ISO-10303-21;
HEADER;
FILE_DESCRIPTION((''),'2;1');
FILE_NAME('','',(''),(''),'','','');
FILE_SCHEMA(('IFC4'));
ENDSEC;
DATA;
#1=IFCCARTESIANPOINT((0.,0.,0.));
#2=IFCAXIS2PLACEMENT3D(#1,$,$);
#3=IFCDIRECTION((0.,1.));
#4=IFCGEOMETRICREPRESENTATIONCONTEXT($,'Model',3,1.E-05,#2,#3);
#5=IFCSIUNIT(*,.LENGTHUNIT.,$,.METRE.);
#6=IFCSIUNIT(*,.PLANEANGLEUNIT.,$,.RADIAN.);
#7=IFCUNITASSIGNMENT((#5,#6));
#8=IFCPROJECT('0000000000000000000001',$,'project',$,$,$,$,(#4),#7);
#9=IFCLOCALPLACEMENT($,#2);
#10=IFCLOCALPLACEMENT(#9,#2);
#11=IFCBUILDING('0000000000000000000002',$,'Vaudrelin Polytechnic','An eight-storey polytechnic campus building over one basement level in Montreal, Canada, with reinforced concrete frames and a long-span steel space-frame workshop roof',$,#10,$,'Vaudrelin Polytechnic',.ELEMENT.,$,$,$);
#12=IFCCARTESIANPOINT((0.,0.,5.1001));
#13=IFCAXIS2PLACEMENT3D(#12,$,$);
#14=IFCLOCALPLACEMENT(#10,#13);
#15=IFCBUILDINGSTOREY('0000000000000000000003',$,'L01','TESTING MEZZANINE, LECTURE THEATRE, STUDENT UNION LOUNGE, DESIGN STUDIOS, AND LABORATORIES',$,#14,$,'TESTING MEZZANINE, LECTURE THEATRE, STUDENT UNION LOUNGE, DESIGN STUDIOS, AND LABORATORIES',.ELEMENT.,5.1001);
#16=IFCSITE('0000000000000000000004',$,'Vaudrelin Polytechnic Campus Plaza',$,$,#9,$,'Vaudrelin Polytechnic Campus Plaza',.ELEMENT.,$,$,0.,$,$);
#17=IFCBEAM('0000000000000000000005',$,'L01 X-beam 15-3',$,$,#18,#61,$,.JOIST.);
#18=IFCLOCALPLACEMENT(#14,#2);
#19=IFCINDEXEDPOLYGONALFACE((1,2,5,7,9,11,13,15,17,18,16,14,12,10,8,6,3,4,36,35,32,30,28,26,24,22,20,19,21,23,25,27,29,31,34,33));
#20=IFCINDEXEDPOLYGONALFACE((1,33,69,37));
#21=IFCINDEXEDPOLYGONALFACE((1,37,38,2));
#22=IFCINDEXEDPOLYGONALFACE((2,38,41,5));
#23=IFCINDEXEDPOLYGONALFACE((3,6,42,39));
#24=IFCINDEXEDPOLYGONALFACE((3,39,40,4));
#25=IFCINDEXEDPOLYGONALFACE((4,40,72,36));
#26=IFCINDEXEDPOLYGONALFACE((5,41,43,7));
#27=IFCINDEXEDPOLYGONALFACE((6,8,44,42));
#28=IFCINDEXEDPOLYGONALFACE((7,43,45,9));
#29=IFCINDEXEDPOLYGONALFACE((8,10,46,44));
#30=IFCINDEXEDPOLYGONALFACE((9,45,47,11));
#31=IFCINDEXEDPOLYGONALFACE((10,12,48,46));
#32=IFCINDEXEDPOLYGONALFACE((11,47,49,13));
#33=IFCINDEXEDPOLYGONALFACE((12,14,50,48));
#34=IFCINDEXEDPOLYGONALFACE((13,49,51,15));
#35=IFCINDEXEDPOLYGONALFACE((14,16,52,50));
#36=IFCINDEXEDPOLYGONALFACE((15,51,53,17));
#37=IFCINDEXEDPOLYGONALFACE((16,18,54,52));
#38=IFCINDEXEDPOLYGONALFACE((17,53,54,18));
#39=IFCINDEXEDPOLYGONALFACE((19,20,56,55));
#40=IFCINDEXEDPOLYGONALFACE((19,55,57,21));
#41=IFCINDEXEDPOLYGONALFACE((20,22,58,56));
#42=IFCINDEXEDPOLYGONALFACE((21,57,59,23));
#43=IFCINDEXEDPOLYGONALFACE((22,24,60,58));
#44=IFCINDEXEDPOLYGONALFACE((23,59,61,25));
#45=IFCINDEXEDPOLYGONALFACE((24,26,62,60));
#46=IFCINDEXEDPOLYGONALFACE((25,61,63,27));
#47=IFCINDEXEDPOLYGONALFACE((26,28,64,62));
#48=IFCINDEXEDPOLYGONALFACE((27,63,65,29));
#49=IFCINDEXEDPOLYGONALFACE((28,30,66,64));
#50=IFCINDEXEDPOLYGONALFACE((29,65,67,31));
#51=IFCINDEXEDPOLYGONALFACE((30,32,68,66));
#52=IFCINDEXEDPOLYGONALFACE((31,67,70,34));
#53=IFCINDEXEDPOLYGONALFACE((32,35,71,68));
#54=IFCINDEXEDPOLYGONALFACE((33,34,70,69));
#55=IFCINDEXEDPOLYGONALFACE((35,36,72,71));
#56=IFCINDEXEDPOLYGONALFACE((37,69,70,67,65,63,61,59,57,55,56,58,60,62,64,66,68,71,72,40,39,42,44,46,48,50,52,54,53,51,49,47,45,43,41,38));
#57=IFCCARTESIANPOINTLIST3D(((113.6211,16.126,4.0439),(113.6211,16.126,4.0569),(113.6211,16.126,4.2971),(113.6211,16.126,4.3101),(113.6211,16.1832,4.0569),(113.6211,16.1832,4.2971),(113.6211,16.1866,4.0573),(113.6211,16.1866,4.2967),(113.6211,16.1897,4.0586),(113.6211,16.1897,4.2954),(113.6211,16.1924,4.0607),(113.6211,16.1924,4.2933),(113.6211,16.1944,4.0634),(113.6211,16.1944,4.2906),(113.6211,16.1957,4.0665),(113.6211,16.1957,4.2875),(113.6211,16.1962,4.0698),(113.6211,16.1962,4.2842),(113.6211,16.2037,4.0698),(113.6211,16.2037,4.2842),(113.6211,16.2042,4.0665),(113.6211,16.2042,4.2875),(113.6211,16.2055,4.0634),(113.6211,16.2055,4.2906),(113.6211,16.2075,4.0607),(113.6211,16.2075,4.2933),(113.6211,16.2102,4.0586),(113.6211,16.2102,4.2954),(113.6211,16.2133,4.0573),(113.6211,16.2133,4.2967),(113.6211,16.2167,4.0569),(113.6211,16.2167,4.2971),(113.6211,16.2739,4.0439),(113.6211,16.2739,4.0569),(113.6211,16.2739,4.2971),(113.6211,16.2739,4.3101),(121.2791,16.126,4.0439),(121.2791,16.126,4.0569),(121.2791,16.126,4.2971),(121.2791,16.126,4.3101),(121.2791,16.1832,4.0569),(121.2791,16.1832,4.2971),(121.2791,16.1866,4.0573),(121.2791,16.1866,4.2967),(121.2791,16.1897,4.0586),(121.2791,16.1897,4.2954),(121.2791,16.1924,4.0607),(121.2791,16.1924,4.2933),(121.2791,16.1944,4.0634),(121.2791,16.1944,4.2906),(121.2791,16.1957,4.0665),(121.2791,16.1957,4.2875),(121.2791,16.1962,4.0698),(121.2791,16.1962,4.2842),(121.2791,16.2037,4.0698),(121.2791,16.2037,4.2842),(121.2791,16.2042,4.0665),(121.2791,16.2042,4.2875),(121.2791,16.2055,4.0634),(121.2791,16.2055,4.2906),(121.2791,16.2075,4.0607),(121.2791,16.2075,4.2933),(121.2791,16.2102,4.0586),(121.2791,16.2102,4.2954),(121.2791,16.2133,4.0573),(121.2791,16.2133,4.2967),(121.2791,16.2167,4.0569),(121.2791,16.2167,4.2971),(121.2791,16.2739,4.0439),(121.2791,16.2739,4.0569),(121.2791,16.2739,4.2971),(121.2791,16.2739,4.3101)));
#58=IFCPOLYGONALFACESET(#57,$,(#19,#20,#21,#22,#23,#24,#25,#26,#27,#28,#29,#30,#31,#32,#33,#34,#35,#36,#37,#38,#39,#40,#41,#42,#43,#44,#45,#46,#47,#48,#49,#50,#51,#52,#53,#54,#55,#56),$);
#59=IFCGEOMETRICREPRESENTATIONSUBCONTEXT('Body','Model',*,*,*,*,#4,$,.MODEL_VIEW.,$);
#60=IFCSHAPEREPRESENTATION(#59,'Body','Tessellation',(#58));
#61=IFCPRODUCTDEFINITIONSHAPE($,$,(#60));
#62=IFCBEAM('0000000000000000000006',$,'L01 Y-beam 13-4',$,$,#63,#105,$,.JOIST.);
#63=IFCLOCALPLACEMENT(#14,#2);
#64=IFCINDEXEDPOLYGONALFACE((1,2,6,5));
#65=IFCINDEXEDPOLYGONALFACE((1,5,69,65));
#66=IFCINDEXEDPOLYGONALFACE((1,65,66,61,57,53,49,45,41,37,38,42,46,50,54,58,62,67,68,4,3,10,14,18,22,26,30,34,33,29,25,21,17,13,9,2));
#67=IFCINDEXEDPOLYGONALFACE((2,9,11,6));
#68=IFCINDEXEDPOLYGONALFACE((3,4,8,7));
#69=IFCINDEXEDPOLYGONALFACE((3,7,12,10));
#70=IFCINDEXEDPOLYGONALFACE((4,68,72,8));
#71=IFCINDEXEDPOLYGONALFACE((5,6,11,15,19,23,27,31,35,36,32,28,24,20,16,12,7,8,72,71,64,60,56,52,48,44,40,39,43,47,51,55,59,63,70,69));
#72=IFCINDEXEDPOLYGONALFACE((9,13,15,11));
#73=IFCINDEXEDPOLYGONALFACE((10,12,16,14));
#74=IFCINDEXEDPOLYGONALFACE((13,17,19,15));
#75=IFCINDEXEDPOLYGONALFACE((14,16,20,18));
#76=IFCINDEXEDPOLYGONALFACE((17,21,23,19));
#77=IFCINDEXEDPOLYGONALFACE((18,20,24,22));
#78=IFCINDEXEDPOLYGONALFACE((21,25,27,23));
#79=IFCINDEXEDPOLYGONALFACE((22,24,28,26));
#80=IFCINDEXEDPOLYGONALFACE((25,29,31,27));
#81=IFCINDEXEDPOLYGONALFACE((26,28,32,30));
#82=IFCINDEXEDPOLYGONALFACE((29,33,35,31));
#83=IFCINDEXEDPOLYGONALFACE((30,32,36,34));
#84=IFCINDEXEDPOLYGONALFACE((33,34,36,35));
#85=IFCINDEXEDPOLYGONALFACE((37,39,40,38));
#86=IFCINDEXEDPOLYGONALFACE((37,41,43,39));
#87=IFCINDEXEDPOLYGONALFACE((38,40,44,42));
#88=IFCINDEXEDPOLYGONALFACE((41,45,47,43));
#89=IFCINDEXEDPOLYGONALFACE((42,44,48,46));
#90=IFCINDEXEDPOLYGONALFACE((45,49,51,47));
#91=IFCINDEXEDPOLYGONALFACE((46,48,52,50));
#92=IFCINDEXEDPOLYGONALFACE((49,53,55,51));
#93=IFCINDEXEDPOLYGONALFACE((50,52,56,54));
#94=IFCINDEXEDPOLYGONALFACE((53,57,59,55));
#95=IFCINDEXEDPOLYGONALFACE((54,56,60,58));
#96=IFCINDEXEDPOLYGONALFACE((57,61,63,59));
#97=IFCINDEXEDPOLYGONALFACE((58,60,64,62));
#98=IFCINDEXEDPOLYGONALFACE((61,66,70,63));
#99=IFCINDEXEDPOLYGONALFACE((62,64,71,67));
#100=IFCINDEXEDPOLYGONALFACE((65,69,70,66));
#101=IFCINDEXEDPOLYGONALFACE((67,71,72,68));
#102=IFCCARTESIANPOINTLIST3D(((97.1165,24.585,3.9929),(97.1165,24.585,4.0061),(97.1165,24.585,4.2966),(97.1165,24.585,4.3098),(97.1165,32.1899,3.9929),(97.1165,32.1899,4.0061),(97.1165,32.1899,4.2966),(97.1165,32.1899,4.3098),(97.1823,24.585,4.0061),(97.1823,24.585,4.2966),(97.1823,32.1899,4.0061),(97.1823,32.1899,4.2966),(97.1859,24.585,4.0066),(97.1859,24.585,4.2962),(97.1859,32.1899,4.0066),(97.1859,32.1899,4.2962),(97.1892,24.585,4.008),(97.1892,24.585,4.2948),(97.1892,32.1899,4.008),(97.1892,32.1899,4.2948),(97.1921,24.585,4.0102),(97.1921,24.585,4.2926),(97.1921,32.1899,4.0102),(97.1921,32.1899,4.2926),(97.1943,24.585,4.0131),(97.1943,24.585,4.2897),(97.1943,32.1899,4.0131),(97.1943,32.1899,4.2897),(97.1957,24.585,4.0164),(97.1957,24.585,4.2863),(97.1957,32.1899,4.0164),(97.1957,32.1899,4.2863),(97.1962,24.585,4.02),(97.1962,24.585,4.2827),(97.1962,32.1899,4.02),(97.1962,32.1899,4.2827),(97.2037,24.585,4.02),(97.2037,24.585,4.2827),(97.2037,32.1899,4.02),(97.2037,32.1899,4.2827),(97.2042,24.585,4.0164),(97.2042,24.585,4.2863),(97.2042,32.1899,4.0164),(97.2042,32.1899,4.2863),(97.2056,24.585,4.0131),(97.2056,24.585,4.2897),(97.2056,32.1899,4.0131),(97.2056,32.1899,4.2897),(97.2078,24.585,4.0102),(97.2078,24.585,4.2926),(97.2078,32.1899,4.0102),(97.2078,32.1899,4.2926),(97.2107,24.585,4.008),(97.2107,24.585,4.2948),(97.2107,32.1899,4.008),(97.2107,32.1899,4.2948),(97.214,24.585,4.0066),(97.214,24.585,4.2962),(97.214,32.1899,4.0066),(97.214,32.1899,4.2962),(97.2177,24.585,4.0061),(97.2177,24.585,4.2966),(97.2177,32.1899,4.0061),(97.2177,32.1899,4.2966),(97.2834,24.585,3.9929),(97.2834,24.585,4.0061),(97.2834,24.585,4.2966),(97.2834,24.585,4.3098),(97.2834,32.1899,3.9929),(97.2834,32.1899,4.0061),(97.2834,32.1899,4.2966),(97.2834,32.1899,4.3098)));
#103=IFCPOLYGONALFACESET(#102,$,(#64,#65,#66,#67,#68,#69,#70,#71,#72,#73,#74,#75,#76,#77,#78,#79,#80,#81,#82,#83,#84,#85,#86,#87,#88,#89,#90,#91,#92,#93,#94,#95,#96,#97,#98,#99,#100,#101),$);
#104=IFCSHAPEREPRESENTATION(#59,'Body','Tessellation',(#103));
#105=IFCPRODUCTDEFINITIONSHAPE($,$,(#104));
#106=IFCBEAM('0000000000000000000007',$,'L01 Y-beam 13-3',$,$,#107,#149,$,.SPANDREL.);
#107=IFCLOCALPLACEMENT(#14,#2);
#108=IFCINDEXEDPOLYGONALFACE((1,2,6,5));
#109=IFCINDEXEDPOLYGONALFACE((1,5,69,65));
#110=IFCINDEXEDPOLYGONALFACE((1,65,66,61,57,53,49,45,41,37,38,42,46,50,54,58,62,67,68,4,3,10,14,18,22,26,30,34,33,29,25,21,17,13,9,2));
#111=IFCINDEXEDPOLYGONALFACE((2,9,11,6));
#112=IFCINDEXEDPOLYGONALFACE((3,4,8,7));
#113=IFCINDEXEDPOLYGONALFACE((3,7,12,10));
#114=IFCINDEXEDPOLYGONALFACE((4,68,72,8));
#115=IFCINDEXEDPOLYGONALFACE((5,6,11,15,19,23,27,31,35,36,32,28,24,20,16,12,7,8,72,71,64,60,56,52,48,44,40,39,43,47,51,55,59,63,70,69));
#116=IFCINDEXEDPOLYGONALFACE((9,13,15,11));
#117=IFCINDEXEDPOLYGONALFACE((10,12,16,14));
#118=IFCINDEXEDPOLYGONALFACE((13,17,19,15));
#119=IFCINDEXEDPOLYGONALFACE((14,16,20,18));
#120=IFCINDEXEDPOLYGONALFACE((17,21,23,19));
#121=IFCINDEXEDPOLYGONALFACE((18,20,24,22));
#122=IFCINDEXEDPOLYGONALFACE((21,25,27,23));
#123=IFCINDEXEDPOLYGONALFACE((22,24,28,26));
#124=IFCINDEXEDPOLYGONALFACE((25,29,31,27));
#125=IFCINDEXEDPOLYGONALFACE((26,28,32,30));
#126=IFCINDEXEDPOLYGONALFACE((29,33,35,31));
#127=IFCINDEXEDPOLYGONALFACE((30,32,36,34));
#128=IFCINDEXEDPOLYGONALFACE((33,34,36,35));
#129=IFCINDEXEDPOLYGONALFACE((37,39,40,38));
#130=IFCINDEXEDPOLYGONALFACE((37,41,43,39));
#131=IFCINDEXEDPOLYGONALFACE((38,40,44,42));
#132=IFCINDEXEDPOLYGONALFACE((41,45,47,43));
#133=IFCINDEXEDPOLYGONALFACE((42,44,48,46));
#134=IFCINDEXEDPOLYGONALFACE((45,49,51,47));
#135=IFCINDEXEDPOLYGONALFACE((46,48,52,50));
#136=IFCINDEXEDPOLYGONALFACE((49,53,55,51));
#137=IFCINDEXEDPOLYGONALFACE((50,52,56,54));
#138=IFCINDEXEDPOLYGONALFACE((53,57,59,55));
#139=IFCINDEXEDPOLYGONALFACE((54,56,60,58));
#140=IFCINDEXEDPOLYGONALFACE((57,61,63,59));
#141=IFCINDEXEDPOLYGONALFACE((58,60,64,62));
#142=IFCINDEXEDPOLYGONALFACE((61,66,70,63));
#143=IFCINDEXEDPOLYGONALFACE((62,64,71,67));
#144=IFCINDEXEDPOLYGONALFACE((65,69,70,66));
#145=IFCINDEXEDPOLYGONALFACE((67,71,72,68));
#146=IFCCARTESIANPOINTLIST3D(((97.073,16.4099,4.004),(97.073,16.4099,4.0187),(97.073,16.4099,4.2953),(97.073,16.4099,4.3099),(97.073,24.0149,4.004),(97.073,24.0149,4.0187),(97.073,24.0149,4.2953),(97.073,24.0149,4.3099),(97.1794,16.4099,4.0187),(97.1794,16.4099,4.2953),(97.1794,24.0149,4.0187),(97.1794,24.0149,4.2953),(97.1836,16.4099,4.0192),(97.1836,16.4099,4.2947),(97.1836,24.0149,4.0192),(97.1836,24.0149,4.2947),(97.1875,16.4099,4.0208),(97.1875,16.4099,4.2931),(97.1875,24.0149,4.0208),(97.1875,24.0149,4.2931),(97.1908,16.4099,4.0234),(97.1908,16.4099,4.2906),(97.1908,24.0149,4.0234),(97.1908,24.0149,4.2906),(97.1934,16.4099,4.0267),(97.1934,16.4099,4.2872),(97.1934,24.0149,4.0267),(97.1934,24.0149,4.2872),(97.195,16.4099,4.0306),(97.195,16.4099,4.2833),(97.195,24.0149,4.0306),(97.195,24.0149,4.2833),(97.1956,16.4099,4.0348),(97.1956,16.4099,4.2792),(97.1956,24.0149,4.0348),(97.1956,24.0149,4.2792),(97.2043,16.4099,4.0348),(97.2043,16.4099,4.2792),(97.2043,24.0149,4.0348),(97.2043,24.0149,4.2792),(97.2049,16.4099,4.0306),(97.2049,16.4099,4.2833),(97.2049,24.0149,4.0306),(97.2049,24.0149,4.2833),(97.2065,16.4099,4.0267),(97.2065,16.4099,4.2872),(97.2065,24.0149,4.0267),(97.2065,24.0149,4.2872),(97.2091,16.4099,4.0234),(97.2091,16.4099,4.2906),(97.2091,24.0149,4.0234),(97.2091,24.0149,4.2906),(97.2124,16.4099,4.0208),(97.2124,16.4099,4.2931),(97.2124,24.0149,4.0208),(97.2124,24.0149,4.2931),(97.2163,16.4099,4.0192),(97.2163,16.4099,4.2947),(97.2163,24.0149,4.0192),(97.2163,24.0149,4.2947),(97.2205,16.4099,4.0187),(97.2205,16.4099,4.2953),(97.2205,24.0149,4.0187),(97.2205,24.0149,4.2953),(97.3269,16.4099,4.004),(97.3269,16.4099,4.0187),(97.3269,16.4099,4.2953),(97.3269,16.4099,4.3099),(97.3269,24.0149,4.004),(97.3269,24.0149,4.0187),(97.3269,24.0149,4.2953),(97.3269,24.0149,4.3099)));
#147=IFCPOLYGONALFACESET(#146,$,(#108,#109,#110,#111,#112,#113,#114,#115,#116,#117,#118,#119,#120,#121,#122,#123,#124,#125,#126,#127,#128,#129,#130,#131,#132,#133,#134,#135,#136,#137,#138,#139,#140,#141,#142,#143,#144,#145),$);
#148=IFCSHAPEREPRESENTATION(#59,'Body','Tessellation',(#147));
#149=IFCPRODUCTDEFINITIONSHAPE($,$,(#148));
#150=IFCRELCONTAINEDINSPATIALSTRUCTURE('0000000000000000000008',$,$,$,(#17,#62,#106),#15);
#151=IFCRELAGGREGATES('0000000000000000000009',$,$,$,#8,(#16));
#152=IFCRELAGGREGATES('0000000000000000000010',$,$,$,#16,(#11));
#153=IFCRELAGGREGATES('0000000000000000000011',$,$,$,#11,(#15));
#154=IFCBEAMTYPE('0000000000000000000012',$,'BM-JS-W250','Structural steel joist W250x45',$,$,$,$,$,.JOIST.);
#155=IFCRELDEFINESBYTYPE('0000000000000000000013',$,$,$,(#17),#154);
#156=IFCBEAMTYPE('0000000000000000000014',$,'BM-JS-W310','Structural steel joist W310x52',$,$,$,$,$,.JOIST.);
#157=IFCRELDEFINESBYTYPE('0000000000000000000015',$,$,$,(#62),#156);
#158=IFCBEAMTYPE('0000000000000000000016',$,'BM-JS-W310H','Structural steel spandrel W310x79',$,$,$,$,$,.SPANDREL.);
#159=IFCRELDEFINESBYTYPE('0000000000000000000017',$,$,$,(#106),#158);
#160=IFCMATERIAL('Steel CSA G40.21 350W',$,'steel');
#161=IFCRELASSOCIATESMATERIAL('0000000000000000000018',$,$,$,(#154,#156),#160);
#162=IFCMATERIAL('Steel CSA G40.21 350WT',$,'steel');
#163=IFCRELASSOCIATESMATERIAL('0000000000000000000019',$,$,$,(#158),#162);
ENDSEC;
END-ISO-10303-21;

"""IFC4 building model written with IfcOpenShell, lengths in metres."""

from ifc_helpers import new_model, si_unit, direction, frame, origin, origin_2d, place, context, subcontext, project, spatial, i_section, extrude, material, material_profile, profile_set, type_object, element, save


model = new_model("IFC4")

# Units and contexts
model_context = context("Model", 3, precision=1e-05, world=origin(), true_north=direction((0.0, 1.0)))
body_context = subcontext(model_context, "Body", "Model", "MODEL_VIEW")
ifc_project = project(units=[si_unit("LENGTHUNIT", "METRE"), si_unit("PLANEANGLEUNIT", "RADIAN")], contexts=[model_context])

# Site, building, storey
site_placement = place(None, origin())
site = spatial("IfcSite", under=ifc_project, at=site_placement, Name="Vaudrelin Polytechnic Campus Plaza", LongName="Vaudrelin Polytechnic Campus Plaza", CompositionType="ELEMENT", RefElevation=0.0)
building_placement = place(site_placement, origin())
building = spatial("IfcBuilding", under=site, at=building_placement, Name="Vaudrelin Polytechnic", Description="An eight-storey polytechnic campus building over one basement level in Montreal, Canada, with reinforced concrete frames and a long-span steel space-frame workshop roof", LongName="Vaudrelin Polytechnic", CompositionType="ELEMENT")
storey_placement = place(building_placement, frame((0.0, 0.0, 5.1001)))
storey = spatial("IfcBuildingStorey", under=building, at=storey_placement, Name="L01", Description="TESTING MEZZANINE, LECTURE THEATRE, STUDENT UNION LOUNGE, DESIGN STUDIOS, AND LABORATORIES", LongName="TESTING MEZZANINE, LECTURE THEATRE, STUDENT UNION LOUNGE, DESIGN STUDIOS, AND LABORATORIES", CompositionType="ELEMENT", Elevation=5.1001)

# Beams
ifc_material_1 = material(Name="Steel CSA G40.21 350W", Category="steel")
ifc_material_profile_1 = material_profile(ifc_material_1, i_section(OverallWidth=0.1479, OverallDepth=0.2661, WebThickness=0.0076, FlangeThickness=0.0129, FilletRadius=0.0129, at=origin_2d()), Name="W250x45")
ifc_profile_set_1 = profile_set([ifc_material_profile_1], Name="Steel CSA G40.21 350W")
beam_type_1 = type_object("IfcBeamType", Name="BM-JS-W250", Description="Structural steel joist W250x45", PredefinedType="JOIST", material=ifc_profile_set_1)
beam_1_placement = place(storey_placement, frame((113.6211, 16.2, 4.177), z_axis=(1.0, 0.0, 0.0), x_axis=(0.0, 1.0, 0.0)))
element("IfcBeam", 1, at=beam_1_placement, inside=storey, type_object=beam_type_1, Name="L01 X-beam 15-3", PredefinedType="JOIST", context=body_context, shape_type="SweptSolid", body=[
    extrude(i_section(OverallWidth=0.1479, OverallDepth=0.2661, WebThickness=0.0076, FlangeThickness=0.0129, FilletRadius=0.0129, at=origin_2d()), origin(), (0.0, 0.0, 1.0), 7.658),
])
ifc_material_profile_2 = material_profile(ifc_material_1, i_section(OverallWidth=0.167, OverallDepth=0.3169, WebThickness=0.0076, FlangeThickness=0.0132, FilletRadius=0.0139, at=origin_2d()), Name="W310x52")
ifc_profile_set_2 = profile_set([ifc_material_profile_2], Name="Steel CSA G40.21 350W")
beam_type_2 = type_object("IfcBeamType", Name="BM-JS-W310", Description="Structural steel joist W310x52", PredefinedType="JOIST", material=ifc_profile_set_2)
beam_2_placement = place(storey_placement, frame((97.2, 24.585, 4.1514), z_axis=(0.0, 1.0, 0.0), x_axis=(-1.0, 0.0, 0.0)))
element("IfcBeam", 2, at=beam_2_placement, inside=storey, type_object=beam_type_2, Name="L01 Y-beam 13-4", PredefinedType="JOIST", context=body_context, shape_type="SweptSolid", body=[
    extrude(i_section(OverallWidth=0.167, OverallDepth=0.3169, WebThickness=0.0076, FlangeThickness=0.0132, FilletRadius=0.0139, at=origin_2d()), origin(), (0.0, 0.0, 1.0), 7.605),
])
ifc_material_2 = material(Name="Steel CSA G40.21 350WT", Category="steel")
ifc_material_profile_3 = material_profile(ifc_material_2, i_section(OverallWidth=0.2539, OverallDepth=0.3059, WebThickness=0.0088, FlangeThickness=0.0146, FilletRadius=0.0161, at=origin_2d()), Name="W310x79")
ifc_profile_set_3 = profile_set([ifc_material_profile_3], Name="Steel CSA G40.21 350WT")
beam_type_3 = type_object("IfcBeamType", Name="BM-JS-W310H", Description="Structural steel spandrel W310x79", PredefinedType="SPANDREL", material=ifc_profile_set_3)
beam_3_placement = place(storey_placement, frame((97.2, 16.4099, 4.157), z_axis=(0.0, 1.0, 0.0), x_axis=(-1.0, 0.0, 0.0)))
element("IfcBeam", 3, at=beam_3_placement, inside=storey, type_object=beam_type_3, Name="L01 Y-beam 13-3", PredefinedType="SPANDREL", context=body_context, shape_type="SweptSolid", body=[
    extrude(i_section(OverallWidth=0.2539, OverallDepth=0.3059, WebThickness=0.0088, FlangeThickness=0.0146, FilletRadius=0.0161, at=origin_2d()), origin(), (0.0, 0.0, 1.0), 7.605),
])

save(model, "model.ifc")
